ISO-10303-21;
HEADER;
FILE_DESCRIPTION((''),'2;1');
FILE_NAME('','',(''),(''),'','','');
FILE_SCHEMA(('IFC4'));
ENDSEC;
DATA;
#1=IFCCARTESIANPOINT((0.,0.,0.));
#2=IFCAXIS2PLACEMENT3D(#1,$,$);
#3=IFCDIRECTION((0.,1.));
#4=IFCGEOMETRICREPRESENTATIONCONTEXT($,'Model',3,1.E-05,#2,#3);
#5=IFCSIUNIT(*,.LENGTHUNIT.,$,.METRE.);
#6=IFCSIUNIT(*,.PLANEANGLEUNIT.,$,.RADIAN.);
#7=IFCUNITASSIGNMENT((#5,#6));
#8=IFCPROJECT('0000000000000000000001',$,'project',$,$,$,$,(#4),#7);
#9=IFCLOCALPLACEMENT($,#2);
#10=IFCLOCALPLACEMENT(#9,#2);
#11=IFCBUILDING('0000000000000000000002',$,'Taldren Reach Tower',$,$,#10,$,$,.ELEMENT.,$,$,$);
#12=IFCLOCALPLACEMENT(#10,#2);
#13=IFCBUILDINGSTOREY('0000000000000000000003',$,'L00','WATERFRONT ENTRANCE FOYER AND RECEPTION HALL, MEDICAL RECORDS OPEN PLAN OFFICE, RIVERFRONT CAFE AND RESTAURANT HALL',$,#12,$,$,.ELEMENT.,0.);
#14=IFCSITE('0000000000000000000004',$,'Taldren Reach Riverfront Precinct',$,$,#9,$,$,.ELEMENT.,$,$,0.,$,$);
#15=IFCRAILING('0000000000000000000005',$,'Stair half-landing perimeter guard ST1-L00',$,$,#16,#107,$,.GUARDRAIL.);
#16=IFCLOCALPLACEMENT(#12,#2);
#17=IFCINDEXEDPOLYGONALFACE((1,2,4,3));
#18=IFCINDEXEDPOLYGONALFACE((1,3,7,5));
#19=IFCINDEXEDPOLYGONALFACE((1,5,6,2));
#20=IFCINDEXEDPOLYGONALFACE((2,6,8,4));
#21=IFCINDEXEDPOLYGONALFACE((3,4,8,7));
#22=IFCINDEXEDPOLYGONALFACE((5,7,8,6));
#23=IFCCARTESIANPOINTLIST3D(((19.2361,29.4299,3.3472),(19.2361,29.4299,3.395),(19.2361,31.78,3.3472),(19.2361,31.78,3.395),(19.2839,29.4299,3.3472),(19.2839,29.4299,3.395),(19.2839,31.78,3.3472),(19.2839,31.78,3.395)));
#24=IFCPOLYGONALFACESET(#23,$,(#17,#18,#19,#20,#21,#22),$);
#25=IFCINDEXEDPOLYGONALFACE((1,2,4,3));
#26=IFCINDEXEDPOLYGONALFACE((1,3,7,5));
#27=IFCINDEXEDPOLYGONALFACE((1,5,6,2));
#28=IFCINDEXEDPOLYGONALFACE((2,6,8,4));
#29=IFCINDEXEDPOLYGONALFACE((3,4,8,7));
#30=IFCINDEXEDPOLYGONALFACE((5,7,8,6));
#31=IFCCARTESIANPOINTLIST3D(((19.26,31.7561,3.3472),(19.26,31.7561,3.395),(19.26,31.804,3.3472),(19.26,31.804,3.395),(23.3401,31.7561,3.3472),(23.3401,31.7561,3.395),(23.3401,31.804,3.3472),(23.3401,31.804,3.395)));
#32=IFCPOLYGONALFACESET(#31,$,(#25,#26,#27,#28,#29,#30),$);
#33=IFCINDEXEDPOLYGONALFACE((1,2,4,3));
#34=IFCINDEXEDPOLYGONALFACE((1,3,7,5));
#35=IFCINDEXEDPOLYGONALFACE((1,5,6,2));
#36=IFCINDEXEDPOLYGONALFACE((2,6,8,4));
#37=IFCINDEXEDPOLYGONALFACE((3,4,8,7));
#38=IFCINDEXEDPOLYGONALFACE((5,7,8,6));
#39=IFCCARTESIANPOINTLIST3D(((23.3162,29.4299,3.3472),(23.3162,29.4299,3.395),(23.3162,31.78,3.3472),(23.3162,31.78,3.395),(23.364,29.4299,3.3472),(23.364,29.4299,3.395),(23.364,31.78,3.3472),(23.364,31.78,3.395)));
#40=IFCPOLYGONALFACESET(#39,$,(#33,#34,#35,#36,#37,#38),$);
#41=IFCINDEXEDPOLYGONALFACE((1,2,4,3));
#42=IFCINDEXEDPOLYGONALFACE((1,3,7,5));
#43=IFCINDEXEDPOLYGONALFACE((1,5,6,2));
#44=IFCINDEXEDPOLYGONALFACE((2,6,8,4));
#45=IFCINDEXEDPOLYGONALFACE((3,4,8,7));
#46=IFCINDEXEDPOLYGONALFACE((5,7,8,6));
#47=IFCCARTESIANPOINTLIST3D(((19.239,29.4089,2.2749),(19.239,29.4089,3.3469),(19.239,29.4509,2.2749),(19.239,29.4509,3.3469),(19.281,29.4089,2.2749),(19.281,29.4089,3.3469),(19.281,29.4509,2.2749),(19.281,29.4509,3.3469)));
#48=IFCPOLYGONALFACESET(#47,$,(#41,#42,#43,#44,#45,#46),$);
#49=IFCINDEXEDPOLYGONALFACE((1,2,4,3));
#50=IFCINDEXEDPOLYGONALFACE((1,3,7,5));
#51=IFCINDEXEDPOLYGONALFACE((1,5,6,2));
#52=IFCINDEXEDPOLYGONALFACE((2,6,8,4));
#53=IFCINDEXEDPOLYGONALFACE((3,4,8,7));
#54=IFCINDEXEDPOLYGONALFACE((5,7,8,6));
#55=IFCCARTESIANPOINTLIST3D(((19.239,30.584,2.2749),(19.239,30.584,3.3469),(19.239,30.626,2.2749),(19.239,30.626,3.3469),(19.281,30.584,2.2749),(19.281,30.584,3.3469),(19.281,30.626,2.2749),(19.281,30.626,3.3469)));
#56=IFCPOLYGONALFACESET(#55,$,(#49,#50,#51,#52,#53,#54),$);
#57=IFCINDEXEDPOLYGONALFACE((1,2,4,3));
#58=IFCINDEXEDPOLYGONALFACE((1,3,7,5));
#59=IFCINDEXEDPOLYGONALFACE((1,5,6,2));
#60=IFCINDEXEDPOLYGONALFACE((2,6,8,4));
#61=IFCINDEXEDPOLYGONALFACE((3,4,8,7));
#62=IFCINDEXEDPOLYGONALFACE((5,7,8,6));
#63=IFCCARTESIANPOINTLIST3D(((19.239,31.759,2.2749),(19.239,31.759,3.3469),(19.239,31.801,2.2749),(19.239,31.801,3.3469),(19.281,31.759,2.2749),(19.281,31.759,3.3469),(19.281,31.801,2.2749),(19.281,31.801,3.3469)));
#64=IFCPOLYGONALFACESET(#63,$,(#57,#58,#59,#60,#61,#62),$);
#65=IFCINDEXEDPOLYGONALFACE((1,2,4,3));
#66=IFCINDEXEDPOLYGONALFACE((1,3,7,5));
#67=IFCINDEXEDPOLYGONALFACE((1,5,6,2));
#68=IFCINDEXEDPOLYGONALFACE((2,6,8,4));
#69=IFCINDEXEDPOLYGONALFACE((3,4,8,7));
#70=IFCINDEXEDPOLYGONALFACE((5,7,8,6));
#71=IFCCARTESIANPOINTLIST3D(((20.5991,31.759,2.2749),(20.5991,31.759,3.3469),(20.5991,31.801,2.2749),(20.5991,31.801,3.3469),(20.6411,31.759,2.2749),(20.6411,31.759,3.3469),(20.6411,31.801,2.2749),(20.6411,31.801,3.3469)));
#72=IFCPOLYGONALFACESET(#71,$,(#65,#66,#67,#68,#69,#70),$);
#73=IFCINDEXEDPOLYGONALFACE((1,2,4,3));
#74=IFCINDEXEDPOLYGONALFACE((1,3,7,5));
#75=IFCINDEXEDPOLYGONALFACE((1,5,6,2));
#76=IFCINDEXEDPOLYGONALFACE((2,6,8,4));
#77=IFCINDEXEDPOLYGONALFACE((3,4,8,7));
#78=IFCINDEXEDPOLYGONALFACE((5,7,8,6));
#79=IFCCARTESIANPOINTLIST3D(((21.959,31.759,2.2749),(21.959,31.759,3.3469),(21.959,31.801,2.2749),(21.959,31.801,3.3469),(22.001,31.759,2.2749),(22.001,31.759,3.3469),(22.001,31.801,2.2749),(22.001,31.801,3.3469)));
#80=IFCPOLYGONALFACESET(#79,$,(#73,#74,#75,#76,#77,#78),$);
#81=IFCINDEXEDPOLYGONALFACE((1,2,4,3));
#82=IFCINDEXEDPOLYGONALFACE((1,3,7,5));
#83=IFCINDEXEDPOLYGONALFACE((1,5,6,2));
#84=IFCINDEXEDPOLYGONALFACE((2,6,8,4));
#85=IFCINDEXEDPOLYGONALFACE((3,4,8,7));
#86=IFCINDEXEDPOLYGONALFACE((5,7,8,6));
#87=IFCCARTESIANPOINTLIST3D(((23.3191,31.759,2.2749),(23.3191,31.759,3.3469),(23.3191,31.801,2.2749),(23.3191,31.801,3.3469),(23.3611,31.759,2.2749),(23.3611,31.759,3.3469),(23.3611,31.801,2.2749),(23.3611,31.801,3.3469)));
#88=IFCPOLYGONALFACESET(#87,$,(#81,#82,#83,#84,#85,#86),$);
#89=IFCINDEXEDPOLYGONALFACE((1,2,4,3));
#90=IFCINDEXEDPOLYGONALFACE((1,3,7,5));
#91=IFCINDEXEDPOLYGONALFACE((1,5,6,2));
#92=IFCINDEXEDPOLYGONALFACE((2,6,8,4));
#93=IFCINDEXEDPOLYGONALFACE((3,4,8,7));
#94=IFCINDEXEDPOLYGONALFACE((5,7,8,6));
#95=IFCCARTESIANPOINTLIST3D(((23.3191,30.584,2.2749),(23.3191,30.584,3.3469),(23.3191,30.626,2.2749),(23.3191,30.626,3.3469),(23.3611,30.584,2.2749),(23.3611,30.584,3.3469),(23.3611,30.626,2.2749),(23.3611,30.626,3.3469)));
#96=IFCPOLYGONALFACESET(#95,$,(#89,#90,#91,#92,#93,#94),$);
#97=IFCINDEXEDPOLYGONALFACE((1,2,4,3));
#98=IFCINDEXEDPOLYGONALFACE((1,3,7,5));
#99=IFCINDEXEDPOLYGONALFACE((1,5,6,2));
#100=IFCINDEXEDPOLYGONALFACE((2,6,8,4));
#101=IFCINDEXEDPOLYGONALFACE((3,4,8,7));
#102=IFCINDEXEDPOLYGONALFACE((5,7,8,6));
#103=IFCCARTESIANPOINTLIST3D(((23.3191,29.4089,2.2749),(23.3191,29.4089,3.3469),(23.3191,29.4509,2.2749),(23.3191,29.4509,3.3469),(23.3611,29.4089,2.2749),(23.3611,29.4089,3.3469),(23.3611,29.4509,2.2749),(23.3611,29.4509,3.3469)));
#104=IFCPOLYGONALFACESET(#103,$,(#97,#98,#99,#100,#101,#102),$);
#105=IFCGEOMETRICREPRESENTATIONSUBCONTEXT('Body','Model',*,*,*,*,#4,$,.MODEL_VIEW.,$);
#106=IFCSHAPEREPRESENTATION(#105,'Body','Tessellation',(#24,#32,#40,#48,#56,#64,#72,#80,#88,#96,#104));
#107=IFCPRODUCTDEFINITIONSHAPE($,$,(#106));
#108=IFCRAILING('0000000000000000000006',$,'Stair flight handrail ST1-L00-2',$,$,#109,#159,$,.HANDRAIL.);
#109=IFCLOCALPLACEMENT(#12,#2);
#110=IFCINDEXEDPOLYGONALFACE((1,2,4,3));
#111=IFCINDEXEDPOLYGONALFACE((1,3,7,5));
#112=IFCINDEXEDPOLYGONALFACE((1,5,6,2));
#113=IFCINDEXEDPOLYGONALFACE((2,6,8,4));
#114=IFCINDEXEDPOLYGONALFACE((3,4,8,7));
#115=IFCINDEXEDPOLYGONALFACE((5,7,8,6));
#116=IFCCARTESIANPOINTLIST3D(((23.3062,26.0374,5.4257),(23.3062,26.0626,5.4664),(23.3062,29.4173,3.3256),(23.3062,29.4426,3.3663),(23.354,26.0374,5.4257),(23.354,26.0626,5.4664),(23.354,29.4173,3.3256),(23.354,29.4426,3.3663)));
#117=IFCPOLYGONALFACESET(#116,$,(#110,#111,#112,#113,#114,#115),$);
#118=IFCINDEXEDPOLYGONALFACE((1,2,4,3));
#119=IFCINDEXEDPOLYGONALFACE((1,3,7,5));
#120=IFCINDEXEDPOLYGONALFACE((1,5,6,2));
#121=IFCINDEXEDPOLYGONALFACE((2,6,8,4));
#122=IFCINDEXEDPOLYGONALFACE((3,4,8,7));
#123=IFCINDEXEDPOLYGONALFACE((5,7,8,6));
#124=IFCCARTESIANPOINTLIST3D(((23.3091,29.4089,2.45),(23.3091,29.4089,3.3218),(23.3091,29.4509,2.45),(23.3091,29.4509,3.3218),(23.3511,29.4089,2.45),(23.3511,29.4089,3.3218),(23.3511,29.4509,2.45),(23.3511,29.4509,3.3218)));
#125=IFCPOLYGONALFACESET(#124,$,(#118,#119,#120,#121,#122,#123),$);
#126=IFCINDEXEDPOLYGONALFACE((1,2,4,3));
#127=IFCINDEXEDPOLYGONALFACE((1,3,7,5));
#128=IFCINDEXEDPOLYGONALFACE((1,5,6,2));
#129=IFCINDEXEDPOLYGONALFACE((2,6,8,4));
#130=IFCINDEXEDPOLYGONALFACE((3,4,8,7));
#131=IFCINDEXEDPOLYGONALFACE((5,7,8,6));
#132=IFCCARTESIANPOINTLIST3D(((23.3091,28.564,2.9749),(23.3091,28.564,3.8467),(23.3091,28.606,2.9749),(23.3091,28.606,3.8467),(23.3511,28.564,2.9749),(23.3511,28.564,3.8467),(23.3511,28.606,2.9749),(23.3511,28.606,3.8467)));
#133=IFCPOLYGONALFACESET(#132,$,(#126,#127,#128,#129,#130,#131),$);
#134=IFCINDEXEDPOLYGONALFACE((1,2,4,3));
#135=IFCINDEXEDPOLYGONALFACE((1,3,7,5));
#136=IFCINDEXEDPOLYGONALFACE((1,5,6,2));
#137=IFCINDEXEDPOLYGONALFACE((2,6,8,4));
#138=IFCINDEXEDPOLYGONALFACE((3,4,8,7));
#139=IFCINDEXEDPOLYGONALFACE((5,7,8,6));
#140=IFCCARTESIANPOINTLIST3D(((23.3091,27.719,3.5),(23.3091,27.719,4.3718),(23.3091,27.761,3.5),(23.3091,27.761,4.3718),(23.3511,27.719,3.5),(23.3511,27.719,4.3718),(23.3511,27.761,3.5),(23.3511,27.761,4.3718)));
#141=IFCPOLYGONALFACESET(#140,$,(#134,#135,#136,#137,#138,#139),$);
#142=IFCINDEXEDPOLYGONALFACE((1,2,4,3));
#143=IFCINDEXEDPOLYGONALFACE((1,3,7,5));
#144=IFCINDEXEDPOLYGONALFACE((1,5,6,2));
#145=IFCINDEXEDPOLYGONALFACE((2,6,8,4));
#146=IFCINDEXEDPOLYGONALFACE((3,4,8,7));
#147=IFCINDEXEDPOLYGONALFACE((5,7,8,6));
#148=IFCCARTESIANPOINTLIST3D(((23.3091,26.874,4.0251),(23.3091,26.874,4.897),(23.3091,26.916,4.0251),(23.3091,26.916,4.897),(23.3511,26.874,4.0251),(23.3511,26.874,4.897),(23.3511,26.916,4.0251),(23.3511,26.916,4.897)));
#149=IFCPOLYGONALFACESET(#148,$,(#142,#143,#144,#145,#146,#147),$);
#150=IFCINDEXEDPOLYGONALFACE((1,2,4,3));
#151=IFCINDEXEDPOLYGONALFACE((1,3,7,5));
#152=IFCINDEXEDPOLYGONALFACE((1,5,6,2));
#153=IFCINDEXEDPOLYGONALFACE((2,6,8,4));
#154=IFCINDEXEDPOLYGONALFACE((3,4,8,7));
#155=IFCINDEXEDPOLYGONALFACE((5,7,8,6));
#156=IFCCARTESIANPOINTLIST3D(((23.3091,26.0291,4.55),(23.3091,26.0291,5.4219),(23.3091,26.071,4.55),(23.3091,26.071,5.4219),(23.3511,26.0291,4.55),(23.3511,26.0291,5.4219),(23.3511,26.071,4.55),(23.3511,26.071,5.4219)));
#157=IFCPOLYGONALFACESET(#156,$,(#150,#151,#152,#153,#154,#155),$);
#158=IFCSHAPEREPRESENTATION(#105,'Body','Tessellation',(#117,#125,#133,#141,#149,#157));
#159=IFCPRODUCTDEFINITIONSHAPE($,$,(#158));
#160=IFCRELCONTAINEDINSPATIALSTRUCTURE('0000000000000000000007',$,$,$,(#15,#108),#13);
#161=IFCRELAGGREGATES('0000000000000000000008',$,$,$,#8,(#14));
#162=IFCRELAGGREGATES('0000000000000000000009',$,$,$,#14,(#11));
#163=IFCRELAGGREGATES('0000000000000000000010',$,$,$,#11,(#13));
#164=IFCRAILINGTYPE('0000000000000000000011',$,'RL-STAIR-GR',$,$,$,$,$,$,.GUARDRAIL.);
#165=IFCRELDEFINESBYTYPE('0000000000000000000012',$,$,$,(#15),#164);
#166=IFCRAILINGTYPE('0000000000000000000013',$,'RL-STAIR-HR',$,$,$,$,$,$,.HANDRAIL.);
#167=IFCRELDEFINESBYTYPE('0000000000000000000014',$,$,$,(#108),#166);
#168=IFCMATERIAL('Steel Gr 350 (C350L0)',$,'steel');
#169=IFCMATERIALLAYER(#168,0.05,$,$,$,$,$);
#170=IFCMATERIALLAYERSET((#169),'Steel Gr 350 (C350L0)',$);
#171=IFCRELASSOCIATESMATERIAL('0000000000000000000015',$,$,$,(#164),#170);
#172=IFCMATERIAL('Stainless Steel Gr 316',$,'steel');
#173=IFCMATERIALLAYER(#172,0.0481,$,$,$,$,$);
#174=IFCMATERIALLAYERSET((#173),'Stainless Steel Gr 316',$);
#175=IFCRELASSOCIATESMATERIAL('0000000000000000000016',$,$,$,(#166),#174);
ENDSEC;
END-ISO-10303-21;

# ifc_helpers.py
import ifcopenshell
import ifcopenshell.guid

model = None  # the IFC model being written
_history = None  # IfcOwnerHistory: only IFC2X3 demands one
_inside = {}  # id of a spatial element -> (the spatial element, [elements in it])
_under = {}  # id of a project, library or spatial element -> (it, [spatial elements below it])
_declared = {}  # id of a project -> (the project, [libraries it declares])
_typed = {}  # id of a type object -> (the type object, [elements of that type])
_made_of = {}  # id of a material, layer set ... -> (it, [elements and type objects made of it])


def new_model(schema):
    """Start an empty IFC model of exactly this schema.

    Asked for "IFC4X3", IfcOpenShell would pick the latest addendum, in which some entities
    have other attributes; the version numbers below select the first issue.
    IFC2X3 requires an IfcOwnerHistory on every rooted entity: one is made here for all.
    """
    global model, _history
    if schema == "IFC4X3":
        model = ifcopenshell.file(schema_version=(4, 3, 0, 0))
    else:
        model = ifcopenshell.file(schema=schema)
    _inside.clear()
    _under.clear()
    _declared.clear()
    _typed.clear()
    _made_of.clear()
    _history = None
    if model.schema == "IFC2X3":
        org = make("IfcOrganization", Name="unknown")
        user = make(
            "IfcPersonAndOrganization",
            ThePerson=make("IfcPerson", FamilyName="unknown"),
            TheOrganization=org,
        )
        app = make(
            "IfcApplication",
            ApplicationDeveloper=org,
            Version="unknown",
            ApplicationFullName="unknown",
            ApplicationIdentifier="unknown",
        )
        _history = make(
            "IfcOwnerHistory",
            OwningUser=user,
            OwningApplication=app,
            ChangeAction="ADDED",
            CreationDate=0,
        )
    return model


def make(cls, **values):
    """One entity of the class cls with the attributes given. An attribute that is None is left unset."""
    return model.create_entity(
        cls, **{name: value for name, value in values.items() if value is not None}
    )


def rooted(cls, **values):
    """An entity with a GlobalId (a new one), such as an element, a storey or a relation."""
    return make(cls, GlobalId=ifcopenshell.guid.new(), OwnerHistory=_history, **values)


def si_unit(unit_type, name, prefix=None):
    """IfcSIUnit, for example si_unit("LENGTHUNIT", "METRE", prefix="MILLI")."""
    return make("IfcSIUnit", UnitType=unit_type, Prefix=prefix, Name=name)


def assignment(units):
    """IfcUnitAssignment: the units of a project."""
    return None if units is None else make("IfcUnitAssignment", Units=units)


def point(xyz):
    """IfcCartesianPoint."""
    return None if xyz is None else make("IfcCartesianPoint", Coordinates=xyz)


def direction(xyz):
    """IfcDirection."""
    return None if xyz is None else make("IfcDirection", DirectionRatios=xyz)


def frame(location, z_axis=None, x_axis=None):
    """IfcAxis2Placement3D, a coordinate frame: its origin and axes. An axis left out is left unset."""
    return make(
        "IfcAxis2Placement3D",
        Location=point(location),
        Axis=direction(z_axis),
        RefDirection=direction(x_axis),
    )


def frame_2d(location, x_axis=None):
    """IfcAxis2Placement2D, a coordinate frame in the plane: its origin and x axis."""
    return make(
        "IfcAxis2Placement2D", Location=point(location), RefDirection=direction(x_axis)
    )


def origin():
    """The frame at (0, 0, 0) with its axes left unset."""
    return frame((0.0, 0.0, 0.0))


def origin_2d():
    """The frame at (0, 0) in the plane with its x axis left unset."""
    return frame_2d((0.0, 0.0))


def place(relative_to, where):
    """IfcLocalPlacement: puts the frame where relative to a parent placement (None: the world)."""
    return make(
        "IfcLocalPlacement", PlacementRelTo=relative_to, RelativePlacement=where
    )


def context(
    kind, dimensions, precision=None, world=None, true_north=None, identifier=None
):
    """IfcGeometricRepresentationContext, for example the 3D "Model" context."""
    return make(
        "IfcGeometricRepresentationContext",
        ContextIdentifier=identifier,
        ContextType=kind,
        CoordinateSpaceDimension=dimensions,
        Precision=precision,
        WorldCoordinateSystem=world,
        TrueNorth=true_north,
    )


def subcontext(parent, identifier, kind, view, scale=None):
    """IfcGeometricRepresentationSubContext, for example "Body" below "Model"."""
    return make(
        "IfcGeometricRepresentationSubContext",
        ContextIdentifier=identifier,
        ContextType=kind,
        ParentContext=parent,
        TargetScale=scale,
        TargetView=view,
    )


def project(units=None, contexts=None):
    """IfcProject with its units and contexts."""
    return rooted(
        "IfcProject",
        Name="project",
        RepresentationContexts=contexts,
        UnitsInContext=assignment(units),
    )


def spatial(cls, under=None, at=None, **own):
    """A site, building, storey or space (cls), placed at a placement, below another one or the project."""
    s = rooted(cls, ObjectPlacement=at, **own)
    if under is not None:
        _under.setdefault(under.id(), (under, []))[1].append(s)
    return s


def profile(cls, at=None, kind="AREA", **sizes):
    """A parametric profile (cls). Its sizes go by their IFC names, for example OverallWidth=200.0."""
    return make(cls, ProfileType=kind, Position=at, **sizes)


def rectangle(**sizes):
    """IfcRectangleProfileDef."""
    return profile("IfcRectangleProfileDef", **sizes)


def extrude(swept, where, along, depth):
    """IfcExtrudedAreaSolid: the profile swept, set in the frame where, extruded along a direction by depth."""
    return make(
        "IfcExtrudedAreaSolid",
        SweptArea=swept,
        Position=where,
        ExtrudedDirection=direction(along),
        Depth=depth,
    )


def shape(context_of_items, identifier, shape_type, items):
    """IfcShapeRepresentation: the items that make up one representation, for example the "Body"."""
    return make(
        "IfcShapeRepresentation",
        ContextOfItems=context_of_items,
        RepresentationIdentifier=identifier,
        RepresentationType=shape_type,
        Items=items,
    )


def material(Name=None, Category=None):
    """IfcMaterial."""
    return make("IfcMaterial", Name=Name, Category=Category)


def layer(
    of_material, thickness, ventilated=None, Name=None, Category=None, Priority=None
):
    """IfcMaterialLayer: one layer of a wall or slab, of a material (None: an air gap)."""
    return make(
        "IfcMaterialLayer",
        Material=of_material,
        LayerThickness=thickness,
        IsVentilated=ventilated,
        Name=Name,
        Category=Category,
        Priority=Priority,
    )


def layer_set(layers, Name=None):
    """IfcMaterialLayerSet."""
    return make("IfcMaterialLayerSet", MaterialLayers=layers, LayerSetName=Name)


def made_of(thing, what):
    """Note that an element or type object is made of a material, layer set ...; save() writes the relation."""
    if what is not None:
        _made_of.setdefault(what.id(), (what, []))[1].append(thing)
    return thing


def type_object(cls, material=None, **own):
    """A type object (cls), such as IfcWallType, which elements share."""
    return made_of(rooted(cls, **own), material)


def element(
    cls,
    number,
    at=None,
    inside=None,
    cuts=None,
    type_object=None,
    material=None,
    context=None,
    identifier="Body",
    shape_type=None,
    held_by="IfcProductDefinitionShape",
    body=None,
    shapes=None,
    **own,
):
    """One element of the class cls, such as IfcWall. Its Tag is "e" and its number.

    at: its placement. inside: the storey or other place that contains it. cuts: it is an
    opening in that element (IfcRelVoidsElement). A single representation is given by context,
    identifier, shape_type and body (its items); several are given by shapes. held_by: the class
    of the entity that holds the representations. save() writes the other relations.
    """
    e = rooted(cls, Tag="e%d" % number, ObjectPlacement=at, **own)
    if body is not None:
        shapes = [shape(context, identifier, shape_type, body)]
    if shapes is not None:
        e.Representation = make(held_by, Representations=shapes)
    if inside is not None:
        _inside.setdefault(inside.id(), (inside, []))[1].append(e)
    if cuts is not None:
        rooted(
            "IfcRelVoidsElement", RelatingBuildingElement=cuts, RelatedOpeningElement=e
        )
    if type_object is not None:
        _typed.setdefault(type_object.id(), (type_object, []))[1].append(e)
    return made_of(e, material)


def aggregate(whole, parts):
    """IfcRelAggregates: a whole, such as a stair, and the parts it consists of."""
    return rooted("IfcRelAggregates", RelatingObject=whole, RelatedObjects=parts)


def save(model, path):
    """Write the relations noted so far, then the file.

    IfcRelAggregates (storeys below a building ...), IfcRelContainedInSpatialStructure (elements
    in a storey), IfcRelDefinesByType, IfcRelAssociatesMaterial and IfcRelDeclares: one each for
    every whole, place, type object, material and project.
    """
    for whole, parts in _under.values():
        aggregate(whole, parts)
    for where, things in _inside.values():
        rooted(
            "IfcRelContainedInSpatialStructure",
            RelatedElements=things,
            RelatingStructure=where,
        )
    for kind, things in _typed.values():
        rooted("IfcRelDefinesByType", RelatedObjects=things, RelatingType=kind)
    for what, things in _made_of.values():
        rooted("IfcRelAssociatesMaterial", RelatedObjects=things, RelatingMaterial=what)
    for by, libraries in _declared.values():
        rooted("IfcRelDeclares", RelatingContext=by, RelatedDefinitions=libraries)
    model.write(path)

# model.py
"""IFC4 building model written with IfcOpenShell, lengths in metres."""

from ifc_helpers import new_model, si_unit, direction, frame, origin, origin_2d, place, context, subcontext, project, spatial, rectangle, extrude, material, layer, layer_set, type_object, element, save


model = new_model("IFC4")

# Units and contexts
model_context = context("Model", 3, precision=1e-05, world=origin(), true_north=direction((0.0, 1.0)))
body_context = subcontext(model_context, "Body", "Model", "MODEL_VIEW")
ifc_project = project(units=[si_unit("LENGTHUNIT", "METRE"), si_unit("PLANEANGLEUNIT", "RADIAN")], contexts=[model_context])

# Site, building, storey
site_placement = place(None, origin())
site = spatial("IfcSite", under=ifc_project, at=site_placement, Name="Taldren Reach Riverfront Precinct", CompositionType="ELEMENT", RefElevation=0.0)
building_placement = place(site_placement, origin())
building = spatial("IfcBuilding", under=site, at=building_placement, Name="Taldren Reach Tower", CompositionType="ELEMENT")
storey_placement = place(building_placement, origin())
storey = spatial("IfcBuildingStorey", under=building, at=storey_placement, Name="L00", Description="WATERFRONT ENTRANCE FOYER AND RECEPTION HALL, MEDICAL RECORDS OPEN PLAN OFFICE, RIVERFRONT CAFE AND RESTAURANT HALL", CompositionType="ELEMENT", Elevation=0.0)

# Shared definitions
ifc_material_1 = material(Name="Steel Gr 350 (C350L0)", Category="steel")

# Railings
ifc_layer_1 = layer(ifc_material_1, 0.05)
ifc_layer_set_1 = layer_set([ifc_layer_1], Name="Steel Gr 350 (C350L0)")
railing_type_1 = type_object("IfcRailingType", Name="RL-STAIR-GR", PredefinedType="GUARDRAIL", material=ifc_layer_set_1)
railing_1_placement = place(storey_placement, frame((19.26, 29.4299, 2.2749)))
element("IfcRailing", 1, at=railing_1_placement, inside=storey, type_object=railing_type_1, Name="Stair half-landing perimeter guard ST1-L00", PredefinedType="GUARDRAIL", context=body_context, shape_type="SweptSolid", body=[
    extrude(rectangle(XDim=0.0479, YDim=0.0479, at=origin_2d()), frame((0.0, 0.0, 1.0962), z_axis=(0.0, 1.0, 0.0), x_axis=(-1.0, 0.0, 0.0)), (0.0, 0.0, 1.0), 2.3501),
    extrude(rectangle(XDim=0.0479, YDim=0.0479, at=origin_2d()), frame((0.0, 2.3501, 1.0962), z_axis=(1.0, 0.0, 0.0), x_axis=(0.0, 1.0, 0.0)), (0.0, 0.0, 1.0), 4.0801),
    extrude(rectangle(XDim=0.0479, YDim=0.0479, at=origin_2d()), frame((4.0801, 2.3501, 1.0962), z_axis=(0.0, -1.0, 0.0), x_axis=(1.0, 0.0, 0.0)), (0.0, 0.0, 1.0), 2.3501),
    extrude(rectangle(XDim=0.042, YDim=0.042, at=origin_2d()), origin(), (0.0, 0.0, 1.0), 1.072),
    extrude(rectangle(XDim=0.042, YDim=0.042, at=origin_2d()), frame((0.0, 1.175, 0.0)), (0.0, 0.0, 1.0), 1.072),
    extrude(rectangle(XDim=0.042, YDim=0.042, at=origin_2d()), frame((0.0, 2.3501, 0.0)), (0.0, 0.0, 1.0), 1.072),
    extrude(rectangle(XDim=0.042, YDim=0.042, at=origin_2d()), frame((1.3601, 2.3501, 0.0)), (0.0, 0.0, 1.0), 1.072),
    extrude(rectangle(XDim=0.042, YDim=0.042, at=origin_2d()), frame((2.72, 2.3501, 0.0)), (0.0, 0.0, 1.0), 1.072),
    extrude(rectangle(XDim=0.042, YDim=0.042, at=origin_2d()), frame((4.0801, 2.3501, 0.0)), (0.0, 0.0, 1.0), 1.072),
    extrude(rectangle(XDim=0.042, YDim=0.042, at=origin_2d()), frame((4.0801, 1.175, 0.0)), (0.0, 0.0, 1.0), 1.072),
    extrude(rectangle(XDim=0.042, YDim=0.042, at=origin_2d()), frame((4.0801, 0.0, 0.0)), (0.0, 0.0, 1.0), 1.072),
])
ifc_material_2 = material(Name="Stainless Steel Gr 316", Category="steel")
ifc_layer_2 = layer(ifc_material_2, 0.0481)
ifc_layer_set_2 = layer_set([ifc_layer_2], Name="Stainless Steel Gr 316")
railing_type_2 = type_object("IfcRailingType", Name="RL-STAIR-HR", PredefinedType="HANDRAIL", material=ifc_layer_set_2)
railing_2_placement = place(storey_placement, frame((23.3301, 29.4299, 2.45)))
element("IfcRailing", 2, at=railing_2_placement, inside=storey, type_object=railing_type_2, Name="Stair flight handrail ST1-L00-2", PredefinedType="HANDRAIL", context=body_context, shape_type="SweptSolid", body=[
    extrude(rectangle(XDim=0.0479, YDim=0.0479, at=origin_2d()), frame((0.0, 0.0, 0.896), z_axis=(0.0, -0.849388, 0.527769), x_axis=(1.0, 0.0, 0.0)), (0.0, 0.0, 1.0), 3.9792),
    extrude(rectangle(XDim=0.042, YDim=0.042, at=origin_2d()), origin(), (0.0, 0.0, 1.0), 0.8718),
    extrude(rectangle(XDim=0.042, YDim=0.042, at=origin_2d()), frame((0.0, -0.845, 0.5249)), (0.0, 0.0, 1.0), 0.8718),
    extrude(rectangle(XDim=0.042, YDim=0.042, at=origin_2d()), frame((0.0, -1.6899, 1.05)), (0.0, 0.0, 1.0), 0.8718),
    extrude(rectangle(XDim=0.042, YDim=0.042, at=origin_2d()), frame((0.0, -2.5349, 1.5752)), (0.0, 0.0, 1.0), 0.8718),
    extrude(rectangle(XDim=0.042, YDim=0.042, at=origin_2d()), frame((0.0, -3.3799, 2.1001)), (0.0, 0.0, 1.0), 0.8718),
])

save(model, "model.ifc")
